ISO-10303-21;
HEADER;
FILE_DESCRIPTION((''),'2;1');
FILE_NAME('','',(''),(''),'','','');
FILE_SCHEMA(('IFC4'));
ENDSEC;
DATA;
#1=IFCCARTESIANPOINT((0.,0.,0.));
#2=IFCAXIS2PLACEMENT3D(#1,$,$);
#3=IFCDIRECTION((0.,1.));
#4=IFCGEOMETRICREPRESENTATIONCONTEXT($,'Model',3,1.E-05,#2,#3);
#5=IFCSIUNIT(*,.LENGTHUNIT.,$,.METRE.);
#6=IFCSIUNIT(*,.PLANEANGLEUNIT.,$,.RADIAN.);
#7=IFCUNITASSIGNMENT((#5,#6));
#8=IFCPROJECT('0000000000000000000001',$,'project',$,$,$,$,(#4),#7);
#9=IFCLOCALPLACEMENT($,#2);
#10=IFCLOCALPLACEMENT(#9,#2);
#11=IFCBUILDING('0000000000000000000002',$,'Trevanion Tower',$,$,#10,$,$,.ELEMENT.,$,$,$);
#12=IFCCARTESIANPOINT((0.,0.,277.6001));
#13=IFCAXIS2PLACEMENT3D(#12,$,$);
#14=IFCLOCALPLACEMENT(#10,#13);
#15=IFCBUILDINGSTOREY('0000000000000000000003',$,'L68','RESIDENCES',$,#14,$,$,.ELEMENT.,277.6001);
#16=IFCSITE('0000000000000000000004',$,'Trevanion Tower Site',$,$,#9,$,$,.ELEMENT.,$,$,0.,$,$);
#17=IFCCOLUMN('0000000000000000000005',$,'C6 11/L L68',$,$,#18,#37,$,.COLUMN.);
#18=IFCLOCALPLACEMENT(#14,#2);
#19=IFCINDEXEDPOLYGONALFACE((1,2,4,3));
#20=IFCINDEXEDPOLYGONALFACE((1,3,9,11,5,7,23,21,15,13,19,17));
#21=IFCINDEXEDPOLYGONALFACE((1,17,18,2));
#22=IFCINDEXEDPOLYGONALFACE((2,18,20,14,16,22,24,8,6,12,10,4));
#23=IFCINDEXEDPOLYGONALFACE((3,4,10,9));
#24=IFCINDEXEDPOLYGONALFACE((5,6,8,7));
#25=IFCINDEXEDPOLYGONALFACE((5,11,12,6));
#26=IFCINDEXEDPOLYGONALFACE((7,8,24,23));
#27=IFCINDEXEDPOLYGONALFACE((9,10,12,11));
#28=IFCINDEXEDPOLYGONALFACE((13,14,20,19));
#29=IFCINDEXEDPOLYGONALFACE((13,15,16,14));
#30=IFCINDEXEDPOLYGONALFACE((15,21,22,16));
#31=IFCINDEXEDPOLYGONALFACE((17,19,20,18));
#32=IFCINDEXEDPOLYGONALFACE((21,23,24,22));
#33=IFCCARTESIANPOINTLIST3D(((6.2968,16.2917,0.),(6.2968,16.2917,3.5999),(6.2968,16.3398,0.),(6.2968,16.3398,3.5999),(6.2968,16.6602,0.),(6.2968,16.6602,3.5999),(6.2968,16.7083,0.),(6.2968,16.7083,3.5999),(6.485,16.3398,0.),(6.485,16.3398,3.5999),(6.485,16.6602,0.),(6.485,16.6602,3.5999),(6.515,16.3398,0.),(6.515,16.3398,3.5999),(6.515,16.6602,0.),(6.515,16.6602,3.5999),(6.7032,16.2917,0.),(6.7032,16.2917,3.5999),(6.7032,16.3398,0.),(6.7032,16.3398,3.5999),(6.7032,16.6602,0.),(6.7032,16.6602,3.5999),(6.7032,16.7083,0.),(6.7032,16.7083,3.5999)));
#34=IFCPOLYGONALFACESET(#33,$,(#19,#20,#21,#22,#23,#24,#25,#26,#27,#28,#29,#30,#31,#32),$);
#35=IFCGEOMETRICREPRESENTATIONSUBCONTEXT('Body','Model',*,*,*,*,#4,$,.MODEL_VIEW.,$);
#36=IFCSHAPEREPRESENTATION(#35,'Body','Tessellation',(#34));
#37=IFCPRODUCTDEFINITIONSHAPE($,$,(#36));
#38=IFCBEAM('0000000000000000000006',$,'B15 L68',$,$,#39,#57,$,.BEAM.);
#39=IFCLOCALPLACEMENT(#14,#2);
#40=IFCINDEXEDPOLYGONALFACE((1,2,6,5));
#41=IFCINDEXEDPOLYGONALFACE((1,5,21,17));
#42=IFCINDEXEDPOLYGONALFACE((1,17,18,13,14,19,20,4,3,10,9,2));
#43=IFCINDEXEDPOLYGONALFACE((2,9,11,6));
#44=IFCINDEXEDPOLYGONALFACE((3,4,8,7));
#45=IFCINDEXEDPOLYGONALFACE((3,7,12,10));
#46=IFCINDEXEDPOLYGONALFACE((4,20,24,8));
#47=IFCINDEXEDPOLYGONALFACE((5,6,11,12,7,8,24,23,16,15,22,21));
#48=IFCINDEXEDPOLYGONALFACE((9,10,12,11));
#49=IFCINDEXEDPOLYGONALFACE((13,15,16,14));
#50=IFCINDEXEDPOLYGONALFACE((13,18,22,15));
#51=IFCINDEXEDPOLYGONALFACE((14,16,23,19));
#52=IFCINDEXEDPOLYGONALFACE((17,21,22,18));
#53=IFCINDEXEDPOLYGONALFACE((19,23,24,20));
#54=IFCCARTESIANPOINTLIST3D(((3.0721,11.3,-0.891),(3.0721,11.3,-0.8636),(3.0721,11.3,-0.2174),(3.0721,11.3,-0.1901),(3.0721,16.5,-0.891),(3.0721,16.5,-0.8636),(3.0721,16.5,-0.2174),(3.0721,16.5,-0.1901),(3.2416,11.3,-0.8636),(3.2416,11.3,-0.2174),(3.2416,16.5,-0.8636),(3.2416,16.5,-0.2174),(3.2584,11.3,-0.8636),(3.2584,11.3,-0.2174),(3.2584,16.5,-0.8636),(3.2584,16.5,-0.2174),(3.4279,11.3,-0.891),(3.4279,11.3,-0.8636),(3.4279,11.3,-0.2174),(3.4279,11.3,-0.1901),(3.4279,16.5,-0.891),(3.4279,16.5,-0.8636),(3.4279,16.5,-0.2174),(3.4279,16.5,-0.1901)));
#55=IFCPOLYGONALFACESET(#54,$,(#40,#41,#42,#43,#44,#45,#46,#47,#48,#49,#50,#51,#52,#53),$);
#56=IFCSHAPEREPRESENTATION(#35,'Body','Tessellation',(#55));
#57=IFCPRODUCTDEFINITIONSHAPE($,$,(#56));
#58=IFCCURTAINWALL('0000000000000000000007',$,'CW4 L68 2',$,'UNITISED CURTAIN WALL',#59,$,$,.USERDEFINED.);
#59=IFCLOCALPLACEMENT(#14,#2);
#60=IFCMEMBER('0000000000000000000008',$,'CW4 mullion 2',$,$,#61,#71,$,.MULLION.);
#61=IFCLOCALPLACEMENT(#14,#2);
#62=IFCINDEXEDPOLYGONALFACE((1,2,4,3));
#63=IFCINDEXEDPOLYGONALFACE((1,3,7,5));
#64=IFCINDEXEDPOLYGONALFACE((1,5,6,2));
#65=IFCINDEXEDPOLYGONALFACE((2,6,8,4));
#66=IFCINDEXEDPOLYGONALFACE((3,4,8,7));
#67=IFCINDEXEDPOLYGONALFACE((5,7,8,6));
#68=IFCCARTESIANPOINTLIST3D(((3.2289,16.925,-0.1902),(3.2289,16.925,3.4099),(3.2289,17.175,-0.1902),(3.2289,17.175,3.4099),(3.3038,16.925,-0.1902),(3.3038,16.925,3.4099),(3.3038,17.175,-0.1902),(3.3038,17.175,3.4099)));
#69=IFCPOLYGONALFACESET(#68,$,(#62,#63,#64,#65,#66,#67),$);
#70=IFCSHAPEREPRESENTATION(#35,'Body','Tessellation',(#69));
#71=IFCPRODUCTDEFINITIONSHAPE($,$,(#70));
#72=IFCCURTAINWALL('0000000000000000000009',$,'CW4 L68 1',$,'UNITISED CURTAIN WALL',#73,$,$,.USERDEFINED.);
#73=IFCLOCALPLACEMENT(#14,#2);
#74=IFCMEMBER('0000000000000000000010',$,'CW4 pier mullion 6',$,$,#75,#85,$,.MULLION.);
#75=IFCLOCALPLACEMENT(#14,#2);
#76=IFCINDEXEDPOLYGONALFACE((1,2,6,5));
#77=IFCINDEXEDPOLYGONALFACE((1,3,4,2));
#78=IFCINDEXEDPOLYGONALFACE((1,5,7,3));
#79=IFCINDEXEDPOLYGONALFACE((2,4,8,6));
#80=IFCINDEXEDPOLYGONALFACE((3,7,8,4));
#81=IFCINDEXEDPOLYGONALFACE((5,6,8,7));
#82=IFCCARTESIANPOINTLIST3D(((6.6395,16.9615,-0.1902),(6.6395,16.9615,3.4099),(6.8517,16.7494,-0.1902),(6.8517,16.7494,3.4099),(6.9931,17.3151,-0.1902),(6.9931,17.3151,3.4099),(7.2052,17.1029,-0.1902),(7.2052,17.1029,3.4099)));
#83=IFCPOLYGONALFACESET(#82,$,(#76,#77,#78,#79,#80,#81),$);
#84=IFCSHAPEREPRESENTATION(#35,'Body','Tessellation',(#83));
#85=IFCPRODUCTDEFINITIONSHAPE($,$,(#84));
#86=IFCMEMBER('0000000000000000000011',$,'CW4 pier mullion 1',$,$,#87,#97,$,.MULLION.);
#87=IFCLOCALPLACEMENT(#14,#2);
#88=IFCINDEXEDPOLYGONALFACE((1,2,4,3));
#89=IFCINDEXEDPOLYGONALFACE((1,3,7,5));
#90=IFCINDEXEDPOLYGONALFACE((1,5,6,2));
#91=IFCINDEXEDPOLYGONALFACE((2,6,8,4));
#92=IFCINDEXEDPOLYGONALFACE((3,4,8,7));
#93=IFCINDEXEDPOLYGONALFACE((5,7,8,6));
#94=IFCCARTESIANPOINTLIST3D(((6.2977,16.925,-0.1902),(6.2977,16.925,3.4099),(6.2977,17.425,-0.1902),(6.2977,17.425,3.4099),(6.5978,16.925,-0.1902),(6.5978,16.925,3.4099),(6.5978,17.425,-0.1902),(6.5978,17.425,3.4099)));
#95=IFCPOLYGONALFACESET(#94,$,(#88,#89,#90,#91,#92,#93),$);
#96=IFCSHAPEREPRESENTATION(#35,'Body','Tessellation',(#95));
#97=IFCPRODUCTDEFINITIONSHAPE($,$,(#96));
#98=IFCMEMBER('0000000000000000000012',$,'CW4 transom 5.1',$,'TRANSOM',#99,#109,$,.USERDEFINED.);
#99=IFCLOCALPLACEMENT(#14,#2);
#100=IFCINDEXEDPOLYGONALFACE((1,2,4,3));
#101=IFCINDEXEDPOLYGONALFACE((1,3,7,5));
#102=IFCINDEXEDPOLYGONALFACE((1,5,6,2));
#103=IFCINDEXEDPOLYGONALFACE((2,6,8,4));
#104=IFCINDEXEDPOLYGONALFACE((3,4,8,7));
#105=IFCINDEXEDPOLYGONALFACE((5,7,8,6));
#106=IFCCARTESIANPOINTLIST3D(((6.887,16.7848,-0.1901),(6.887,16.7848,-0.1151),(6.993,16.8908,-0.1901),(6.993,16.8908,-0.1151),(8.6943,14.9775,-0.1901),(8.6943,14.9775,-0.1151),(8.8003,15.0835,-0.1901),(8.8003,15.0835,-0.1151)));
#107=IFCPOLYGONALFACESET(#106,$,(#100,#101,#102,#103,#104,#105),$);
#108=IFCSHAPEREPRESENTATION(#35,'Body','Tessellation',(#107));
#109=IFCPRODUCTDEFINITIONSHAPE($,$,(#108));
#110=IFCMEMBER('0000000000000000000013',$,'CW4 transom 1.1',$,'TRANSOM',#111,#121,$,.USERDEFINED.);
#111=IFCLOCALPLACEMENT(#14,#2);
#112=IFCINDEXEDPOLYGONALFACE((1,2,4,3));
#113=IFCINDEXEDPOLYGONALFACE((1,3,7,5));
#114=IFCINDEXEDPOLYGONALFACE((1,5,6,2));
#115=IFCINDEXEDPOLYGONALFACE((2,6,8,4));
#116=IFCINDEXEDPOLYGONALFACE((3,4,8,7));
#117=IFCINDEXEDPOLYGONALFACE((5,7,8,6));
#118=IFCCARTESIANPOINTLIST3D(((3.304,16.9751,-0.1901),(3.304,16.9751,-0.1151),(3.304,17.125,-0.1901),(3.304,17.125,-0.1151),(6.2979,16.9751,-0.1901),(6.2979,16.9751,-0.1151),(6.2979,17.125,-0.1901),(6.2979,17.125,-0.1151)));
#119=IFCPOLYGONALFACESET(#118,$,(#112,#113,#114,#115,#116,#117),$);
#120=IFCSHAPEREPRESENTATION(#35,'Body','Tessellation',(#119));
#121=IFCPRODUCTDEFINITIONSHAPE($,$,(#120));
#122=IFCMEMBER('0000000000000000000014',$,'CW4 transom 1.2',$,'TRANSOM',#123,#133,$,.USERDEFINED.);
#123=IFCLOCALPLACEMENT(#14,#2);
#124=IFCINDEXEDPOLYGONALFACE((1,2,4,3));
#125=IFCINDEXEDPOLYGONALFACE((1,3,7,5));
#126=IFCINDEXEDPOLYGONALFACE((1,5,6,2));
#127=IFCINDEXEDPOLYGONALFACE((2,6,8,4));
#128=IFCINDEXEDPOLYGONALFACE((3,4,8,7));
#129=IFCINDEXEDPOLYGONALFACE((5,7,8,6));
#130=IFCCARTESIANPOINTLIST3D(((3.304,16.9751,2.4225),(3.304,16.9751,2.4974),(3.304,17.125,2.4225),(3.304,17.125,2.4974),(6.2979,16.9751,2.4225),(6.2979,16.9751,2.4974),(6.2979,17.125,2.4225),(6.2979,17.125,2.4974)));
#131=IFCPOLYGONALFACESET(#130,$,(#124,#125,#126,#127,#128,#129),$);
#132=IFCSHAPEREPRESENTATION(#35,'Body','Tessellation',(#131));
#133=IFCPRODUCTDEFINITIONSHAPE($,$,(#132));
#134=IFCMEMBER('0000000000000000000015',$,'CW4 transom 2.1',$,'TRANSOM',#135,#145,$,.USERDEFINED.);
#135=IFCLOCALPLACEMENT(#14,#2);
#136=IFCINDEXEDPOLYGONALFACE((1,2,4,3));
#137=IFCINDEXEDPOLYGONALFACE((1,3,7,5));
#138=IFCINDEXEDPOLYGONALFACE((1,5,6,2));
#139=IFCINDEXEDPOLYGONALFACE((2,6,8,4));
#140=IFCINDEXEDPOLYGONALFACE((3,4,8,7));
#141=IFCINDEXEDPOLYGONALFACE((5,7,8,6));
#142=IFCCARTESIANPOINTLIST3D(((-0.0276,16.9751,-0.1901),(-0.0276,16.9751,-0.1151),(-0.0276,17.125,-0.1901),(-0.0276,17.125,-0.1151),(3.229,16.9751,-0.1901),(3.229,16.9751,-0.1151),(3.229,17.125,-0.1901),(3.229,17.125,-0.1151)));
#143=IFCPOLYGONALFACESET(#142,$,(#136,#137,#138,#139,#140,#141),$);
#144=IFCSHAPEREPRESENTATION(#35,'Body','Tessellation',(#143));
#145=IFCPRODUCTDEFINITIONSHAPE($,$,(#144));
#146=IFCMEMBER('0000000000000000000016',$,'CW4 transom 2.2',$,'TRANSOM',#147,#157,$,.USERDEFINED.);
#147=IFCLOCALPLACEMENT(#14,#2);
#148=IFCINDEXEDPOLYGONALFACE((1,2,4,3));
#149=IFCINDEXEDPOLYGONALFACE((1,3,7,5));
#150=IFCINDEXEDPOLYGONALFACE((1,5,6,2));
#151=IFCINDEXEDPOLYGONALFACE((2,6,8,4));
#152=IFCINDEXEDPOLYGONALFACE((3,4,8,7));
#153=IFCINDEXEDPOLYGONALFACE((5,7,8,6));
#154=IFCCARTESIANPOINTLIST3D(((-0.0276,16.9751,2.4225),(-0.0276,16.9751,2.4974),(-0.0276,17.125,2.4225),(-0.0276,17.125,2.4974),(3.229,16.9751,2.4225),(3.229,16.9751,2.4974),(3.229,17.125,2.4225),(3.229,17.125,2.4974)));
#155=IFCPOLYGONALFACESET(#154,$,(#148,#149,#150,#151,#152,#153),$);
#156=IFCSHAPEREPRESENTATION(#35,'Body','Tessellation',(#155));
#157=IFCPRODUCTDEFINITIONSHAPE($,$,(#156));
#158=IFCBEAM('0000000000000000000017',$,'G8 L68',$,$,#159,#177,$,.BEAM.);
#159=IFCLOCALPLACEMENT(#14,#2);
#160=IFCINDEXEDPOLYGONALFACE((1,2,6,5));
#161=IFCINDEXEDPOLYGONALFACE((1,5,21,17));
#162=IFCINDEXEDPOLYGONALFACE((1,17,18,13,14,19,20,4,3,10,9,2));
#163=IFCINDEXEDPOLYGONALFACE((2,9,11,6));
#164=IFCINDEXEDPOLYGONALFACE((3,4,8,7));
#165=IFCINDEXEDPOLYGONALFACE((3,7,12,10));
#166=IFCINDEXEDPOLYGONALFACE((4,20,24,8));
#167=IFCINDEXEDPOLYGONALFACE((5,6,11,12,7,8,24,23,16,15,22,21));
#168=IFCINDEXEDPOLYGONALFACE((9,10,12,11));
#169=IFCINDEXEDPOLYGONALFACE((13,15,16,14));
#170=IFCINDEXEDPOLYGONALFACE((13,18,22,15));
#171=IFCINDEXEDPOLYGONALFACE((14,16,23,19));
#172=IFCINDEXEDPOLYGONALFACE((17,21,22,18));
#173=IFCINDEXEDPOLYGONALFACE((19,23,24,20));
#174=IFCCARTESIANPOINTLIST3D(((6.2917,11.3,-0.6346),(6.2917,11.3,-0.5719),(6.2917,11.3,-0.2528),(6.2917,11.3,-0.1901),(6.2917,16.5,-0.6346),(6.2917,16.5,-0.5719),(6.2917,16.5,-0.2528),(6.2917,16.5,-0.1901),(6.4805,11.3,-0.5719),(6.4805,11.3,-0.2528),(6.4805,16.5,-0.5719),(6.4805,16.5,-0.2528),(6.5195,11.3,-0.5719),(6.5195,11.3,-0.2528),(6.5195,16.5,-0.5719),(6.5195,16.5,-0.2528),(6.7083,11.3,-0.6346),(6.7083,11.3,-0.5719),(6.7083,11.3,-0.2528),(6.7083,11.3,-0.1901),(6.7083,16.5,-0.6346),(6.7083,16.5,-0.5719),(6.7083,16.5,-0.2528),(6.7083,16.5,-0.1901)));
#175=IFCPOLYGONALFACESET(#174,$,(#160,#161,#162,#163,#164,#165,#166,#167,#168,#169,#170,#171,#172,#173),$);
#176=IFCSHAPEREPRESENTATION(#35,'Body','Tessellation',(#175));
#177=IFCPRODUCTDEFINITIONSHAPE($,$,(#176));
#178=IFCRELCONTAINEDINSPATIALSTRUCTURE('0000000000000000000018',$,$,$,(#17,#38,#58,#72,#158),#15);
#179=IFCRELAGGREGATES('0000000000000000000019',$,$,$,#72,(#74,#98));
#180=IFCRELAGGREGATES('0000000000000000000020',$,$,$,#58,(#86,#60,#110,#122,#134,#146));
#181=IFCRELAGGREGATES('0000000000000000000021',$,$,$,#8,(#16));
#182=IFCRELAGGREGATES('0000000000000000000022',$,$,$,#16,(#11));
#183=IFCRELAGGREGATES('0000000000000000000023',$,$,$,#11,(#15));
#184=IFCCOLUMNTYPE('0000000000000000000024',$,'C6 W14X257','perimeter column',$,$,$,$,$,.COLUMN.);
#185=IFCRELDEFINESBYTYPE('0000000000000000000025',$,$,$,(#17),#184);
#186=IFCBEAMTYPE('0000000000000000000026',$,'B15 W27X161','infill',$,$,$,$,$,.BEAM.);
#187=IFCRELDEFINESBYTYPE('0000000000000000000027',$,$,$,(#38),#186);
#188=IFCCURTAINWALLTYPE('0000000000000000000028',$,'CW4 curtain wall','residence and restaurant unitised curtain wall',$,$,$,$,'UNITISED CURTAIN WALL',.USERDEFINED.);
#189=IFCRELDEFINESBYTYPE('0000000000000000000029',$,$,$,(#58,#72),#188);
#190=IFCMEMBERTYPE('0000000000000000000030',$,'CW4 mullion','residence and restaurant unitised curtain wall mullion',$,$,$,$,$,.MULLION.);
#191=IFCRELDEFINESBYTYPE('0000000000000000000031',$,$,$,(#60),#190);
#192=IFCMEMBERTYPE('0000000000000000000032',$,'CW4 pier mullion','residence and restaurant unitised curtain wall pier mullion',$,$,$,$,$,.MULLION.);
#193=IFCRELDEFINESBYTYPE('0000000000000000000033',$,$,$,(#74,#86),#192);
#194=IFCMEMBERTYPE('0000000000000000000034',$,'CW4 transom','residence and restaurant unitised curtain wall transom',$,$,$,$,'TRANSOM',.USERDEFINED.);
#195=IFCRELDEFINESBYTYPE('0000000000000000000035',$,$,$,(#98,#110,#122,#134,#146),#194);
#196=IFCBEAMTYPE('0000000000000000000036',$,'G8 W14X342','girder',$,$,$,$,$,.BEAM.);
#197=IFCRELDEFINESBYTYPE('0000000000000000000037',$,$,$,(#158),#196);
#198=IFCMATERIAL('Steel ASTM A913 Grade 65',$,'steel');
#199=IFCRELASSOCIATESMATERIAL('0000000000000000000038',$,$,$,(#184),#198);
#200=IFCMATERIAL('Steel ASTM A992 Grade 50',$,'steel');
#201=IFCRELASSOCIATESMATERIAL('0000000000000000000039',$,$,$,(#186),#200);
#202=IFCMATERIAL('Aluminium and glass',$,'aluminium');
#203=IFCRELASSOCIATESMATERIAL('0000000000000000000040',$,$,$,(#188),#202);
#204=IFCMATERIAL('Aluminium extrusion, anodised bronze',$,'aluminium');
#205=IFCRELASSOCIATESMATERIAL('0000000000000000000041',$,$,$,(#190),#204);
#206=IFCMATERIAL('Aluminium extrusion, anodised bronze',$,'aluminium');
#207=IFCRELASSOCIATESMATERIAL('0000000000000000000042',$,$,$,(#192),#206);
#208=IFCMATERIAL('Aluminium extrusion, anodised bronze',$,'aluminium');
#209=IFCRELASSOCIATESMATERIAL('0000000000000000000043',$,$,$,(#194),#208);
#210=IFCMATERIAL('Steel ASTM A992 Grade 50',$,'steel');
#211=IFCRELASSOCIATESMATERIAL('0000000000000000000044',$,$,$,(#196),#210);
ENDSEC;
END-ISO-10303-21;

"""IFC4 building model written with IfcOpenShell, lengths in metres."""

from ifc_helpers import new_model, si_unit, direction, frame, origin, origin_2d, place, context, subcontext, project, spatial, rectangle, i_section, extrude, material, material_profile, profile_set, type_object, element, aggregate, save


model = new_model("IFC4")

# Units and contexts
model_context = context("Model", 3, precision=1e-05, world=origin(), true_north=direction((0.0, 1.0)))
body_context = subcontext(model_context, "Body", "Model", "MODEL_VIEW")
ifc_project = project(units=[si_unit("LENGTHUNIT", "METRE"), si_unit("PLANEANGLEUNIT", "RADIAN")], contexts=[model_context])

# Site, building, storey
site_placement = place(None, origin())
site = spatial("IfcSite", under=ifc_project, at=site_placement, Name="Trevanion Tower Site", CompositionType="ELEMENT", RefElevation=0.0)
building_placement = place(site_placement, origin())
building = spatial("IfcBuilding", under=site, at=building_placement, Name="Trevanion Tower", CompositionType="ELEMENT")
storey_placement = place(building_placement, frame((0.0, 0.0, 277.6001)))
storey = spatial("IfcBuildingStorey", under=building, at=storey_placement, Name="L68", Description="RESIDENCES", CompositionType="ELEMENT", Elevation=277.6001)

# Column
ifc_material_1 = material(Name="Steel ASTM A913 Grade 65", Category="steel")
ifc_material_profile_1 = material_profile(ifc_material_1, i_section(OverallWidth=0.4065, OverallDepth=0.4165, WebThickness=0.03, FlangeThickness=0.0481, at=origin_2d()), Name="W14X257")
ifc_profile_set_1 = profile_set([ifc_material_profile_1], Name="Steel ASTM A913 Grade 65")
column_type = type_object("IfcColumnType", Name="C6 W14X257", Description="perimeter column", PredefinedType="COLUMN", material=ifc_profile_set_1)
column_placement = place(storey_placement, frame((6.5, 16.5, 0.0), z_axis=(0.0, 0.0, 1.0), x_axis=(1.0, 0.0, 0.0)))
element("IfcColumn", 1, at=column_placement, inside=storey, type_object=column_type, Name="C6 11/L L68", PredefinedType="COLUMN", context=body_context, shape_type="SweptSolid", body=[
    extrude(i_section(OverallWidth=0.4065, OverallDepth=0.4165, WebThickness=0.03, FlangeThickness=0.0481, at=origin_2d()), origin(), (0.0, 0.0, 1.0), 3.5999),
])

# Beam
ifc_material_2 = material(Name="Steel ASTM A992 Grade 50", Category="steel")
ifc_material_profile_2 = material_profile(ifc_material_2, i_section(OverallWidth=0.3557, OverallDepth=0.7009, WebThickness=0.0168, FlangeThickness=0.0273, at=origin_2d()), Name="W27X161")
ifc_profile_set_2 = profile_set([ifc_material_profile_2], Name="Steel ASTM A992 Grade 50")
beam_type_1 = type_object("IfcBeamType", Name="B15 W27X161", Description="infill", PredefinedType="BEAM", material=ifc_profile_set_2)
beam_1_placement = place(storey_placement, frame((3.25, 11.3, -0.5405), z_axis=(0.0, 1.0, 0.0), x_axis=(-1.0, 0.0, 0.0)))
element("IfcBeam", 2, at=beam_1_placement, inside=storey, type_object=beam_type_1, Name="B15 L68", PredefinedType="BEAM", context=body_context, shape_type="SweptSolid", body=[
    extrude(i_section(OverallWidth=0.3557, OverallDepth=0.7009, WebThickness=0.0168, FlangeThickness=0.0273, at=origin_2d()), origin(), (0.0, 0.0, 1.0), 5.2),
])

# Curtain walls, members
ifc_material_3 = material(Name="Aluminium and glass", Category="aluminium")
curtain_wall_type = type_object("IfcCurtainWallType", Name="CW4 curtain wall", Description="residence and restaurant unitised curtain wall", ElementType="UNITISED CURTAIN WALL", PredefinedType="USERDEFINED", material=ifc_material_3)
curtain_wall_1_placement = place(storey_placement, origin())
curtain_wall_1 = element("IfcCurtainWall", 3, at=curtain_wall_1_placement, inside=storey, type_object=curtain_wall_type, Name="CW4 L68 2", ObjectType="UNITISED CURTAIN WALL", PredefinedType="USERDEFINED")
ifc_material_4 = material(Name="Aluminium extrusion, anodised bronze", Category="aluminium")
ifc_material_profile_3 = material_profile(ifc_material_4, rectangle(XDim=0.075, YDim=0.25, at=origin_2d()), Name="CW4 mullion")
ifc_profile_set_3 = profile_set([ifc_material_profile_3], Name="Aluminium extrusion, anodised bronze")
member_type_1 = type_object("IfcMemberType", Name="CW4 mullion", Description="residence and restaurant unitised curtain wall mullion", PredefinedType="MULLION", material=ifc_profile_set_3)
member_1_placement = place(storey_placement, frame((3.2664, 17.05, -0.1902), z_axis=(0.0, 0.0, 1.0), x_axis=(-1.0, 0.0, 0.0)))
member_1 = element("IfcMember", 4, at=member_1_placement, type_object=member_type_1, Name="CW4 mullion 2", PredefinedType="MULLION", context=body_context, shape_type="SweptSolid", body=[
    extrude(rectangle(XDim=0.075, YDim=0.25, at=origin_2d()), origin(), (0.0, 0.0, 1.0), 3.6001),
])
curtain_wall_2_placement = place(storey_placement, origin())
curtain_wall_2 = element("IfcCurtainWall", 5, at=curtain_wall_2_placement, inside=storey, type_object=curtain_wall_type, Name="CW4 L68 1", ObjectType="UNITISED CURTAIN WALL", PredefinedType="USERDEFINED")
ifc_material_5 = material(Name="Aluminium extrusion, anodised bronze", Category="aluminium")
ifc_material_profile_4 = material_profile(ifc_material_5, rectangle(XDim=0.3, YDim=0.5, at=origin_2d()), Name="CW4 pier mullion")
ifc_profile_set_4 = profile_set([ifc_material_profile_4], Name="Aluminium extrusion, anodised bronze")
member_type_2 = type_object("IfcMemberType", Name="CW4 pier mullion", Description="residence and restaurant unitised curtain wall pier mullion", PredefinedType="MULLION", material=ifc_profile_set_4)
member_2_placement = place(storey_placement, frame((6.9224, 17.0322, -0.1902), z_axis=(0.0, 0.0, 1.0), x_axis=(-0.707107, 0.707107, 0.0)))
member_2 = element("IfcMember", 6, at=member_2_placement, type_object=member_type_2, Name="CW4 pier mullion 6", PredefinedType="MULLION", context=body_context, shape_type="SweptSolid", body=[
    extrude(rectangle(XDim=0.3, YDim=0.5, at=origin_2d()), origin(), (0.0, 0.0, 1.0), 3.6001),
])

# Members
member_3_placement = place(storey_placement, frame((6.4478, 17.175, -0.1902), z_axis=(0.0, 0.0, 1.0), x_axis=(-1.0, 0.0, 0.0)))
member_3 = element("IfcMember", 7, at=member_3_placement, type_object=member_type_2, Name="CW4 pier mullion 1", PredefinedType="MULLION", context=body_context, shape_type="SweptSolid", body=[
    extrude(rectangle(XDim=0.3, YDim=0.5, at=origin_2d()), origin(), (0.0, 0.0, 1.0), 3.6001),
])
ifc_material_6 = material(Name="Aluminium extrusion, anodised bronze", Category="aluminium")
ifc_material_profile_5 = material_profile(ifc_material_6, rectangle(XDim=0.1499, YDim=0.075, at=origin_2d()), Name="CW4 transom")
ifc_profile_set_5 = profile_set([ifc_material_profile_5], Name="Aluminium extrusion, anodised bronze")
member_type_3 = type_object("IfcMemberType", Name="CW4 transom", Description="residence and restaurant unitised curtain wall transom", ElementType="TRANSOM", PredefinedType="USERDEFINED", material=ifc_profile_set_5)
member_4_placement = place(storey_placement, frame((8.7473, 15.0305, -0.1526), z_axis=(-0.707107, 0.707107, 0.0), x_axis=(-0.707107, -0.707107, 0.0)))
member_4 = element("IfcMember", 8, at=member_4_placement, type_object=member_type_3, Name="CW4 transom 5.1", ObjectType="TRANSOM", PredefinedType="USERDEFINED", context=body_context, shape_type="SweptSolid", body=[
    extrude(rectangle(XDim=0.1499, YDim=0.075, at=origin_2d()), origin(), (0.0, 0.0, 1.0), 2.5559),
])
member_5_placement = place(storey_placement, frame((6.2979, 17.05, -0.1526), z_axis=(-1.0, 0.0, 0.0), x_axis=(0.0, -1.0, 0.0)))
member_5 = element("IfcMember", 9, at=member_5_placement, type_object=member_type_3, Name="CW4 transom 1.1", ObjectType="TRANSOM", PredefinedType="USERDEFINED", context=body_context, shape_type="SweptSolid", body=[
    extrude(rectangle(XDim=0.1499, YDim=0.075, at=origin_2d()), origin(), (0.0, 0.0, 1.0), 2.9939),
])
member_6_placement = place(storey_placement, frame((6.2979, 17.05, 2.46), z_axis=(-1.0, 0.0, 0.0), x_axis=(0.0, -1.0, 0.0)))
member_6 = element("IfcMember", 10, at=member_6_placement, type_object=member_type_3, Name="CW4 transom 1.2", ObjectType="TRANSOM", PredefinedType="USERDEFINED", context=body_context, shape_type="SweptSolid", body=[
    extrude(rectangle(XDim=0.1499, YDim=0.075, at=origin_2d()), origin(), (0.0, 0.0, 1.0), 2.9939),
])
member_7_placement = place(storey_placement, frame((3.229, 17.05, -0.1526), z_axis=(-1.0, 0.0, 0.0), x_axis=(0.0, -1.0, 0.0)))
member_7 = element("IfcMember", 11, at=member_7_placement, type_object=member_type_3, Name="CW4 transom 2.1", ObjectType="TRANSOM", PredefinedType="USERDEFINED", context=body_context, shape_type="SweptSolid", body=[
    extrude(rectangle(XDim=0.1499, YDim=0.075, at=origin_2d()), origin(), (0.0, 0.0, 1.0), 3.2566),
])
member_8_placement = place(storey_placement, frame((3.229, 17.05, 2.46), z_axis=(-1.0, 0.0, 0.0), x_axis=(0.0, -1.0, 0.0)))
member_8 = element("IfcMember", 12, at=member_8_placement, type_object=member_type_3, Name="CW4 transom 2.2", ObjectType="TRANSOM", PredefinedType="USERDEFINED", context=body_context, shape_type="SweptSolid", body=[
    extrude(rectangle(XDim=0.1499, YDim=0.075, at=origin_2d()), origin(), (0.0, 0.0, 1.0), 3.2566),
])

# Beam
ifc_material_7 = material(Name="Steel ASTM A992 Grade 50", Category="steel")
ifc_material_profile_6 = material_profile(ifc_material_7, i_section(OverallWidth=0.4165, OverallDepth=0.4446, WebThickness=0.0391, FlangeThickness=0.0627, at=origin_2d()), Name="W14X342")
ifc_profile_set_6 = profile_set([ifc_material_profile_6], Name="Steel ASTM A992 Grade 50")
beam_type_2 = type_object("IfcBeamType", Name="G8 W14X342", Description="girder", PredefinedType="BEAM", material=ifc_profile_set_6)
beam_2_placement = place(storey_placement, frame((6.5, 11.3, -0.4124), z_axis=(0.0, 1.0, 0.0), x_axis=(-1.0, 0.0, 0.0)))
element("IfcBeam", 13, at=beam_2_placement, inside=storey, type_object=beam_type_2, Name="G8 L68", PredefinedType="BEAM", context=body_context, shape_type="SweptSolid", body=[
    extrude(i_section(OverallWidth=0.4165, OverallDepth=0.4446, WebThickness=0.0391, FlangeThickness=0.0627, at=origin_2d()), origin(), (0.0, 0.0, 1.0), 5.2),
])

aggregate(curtain_wall_2, [member_2, member_4])
aggregate(curtain_wall_1, [member_3, member_1, member_5, member_6, member_7, member_8])

save(model, "model.ifc")
